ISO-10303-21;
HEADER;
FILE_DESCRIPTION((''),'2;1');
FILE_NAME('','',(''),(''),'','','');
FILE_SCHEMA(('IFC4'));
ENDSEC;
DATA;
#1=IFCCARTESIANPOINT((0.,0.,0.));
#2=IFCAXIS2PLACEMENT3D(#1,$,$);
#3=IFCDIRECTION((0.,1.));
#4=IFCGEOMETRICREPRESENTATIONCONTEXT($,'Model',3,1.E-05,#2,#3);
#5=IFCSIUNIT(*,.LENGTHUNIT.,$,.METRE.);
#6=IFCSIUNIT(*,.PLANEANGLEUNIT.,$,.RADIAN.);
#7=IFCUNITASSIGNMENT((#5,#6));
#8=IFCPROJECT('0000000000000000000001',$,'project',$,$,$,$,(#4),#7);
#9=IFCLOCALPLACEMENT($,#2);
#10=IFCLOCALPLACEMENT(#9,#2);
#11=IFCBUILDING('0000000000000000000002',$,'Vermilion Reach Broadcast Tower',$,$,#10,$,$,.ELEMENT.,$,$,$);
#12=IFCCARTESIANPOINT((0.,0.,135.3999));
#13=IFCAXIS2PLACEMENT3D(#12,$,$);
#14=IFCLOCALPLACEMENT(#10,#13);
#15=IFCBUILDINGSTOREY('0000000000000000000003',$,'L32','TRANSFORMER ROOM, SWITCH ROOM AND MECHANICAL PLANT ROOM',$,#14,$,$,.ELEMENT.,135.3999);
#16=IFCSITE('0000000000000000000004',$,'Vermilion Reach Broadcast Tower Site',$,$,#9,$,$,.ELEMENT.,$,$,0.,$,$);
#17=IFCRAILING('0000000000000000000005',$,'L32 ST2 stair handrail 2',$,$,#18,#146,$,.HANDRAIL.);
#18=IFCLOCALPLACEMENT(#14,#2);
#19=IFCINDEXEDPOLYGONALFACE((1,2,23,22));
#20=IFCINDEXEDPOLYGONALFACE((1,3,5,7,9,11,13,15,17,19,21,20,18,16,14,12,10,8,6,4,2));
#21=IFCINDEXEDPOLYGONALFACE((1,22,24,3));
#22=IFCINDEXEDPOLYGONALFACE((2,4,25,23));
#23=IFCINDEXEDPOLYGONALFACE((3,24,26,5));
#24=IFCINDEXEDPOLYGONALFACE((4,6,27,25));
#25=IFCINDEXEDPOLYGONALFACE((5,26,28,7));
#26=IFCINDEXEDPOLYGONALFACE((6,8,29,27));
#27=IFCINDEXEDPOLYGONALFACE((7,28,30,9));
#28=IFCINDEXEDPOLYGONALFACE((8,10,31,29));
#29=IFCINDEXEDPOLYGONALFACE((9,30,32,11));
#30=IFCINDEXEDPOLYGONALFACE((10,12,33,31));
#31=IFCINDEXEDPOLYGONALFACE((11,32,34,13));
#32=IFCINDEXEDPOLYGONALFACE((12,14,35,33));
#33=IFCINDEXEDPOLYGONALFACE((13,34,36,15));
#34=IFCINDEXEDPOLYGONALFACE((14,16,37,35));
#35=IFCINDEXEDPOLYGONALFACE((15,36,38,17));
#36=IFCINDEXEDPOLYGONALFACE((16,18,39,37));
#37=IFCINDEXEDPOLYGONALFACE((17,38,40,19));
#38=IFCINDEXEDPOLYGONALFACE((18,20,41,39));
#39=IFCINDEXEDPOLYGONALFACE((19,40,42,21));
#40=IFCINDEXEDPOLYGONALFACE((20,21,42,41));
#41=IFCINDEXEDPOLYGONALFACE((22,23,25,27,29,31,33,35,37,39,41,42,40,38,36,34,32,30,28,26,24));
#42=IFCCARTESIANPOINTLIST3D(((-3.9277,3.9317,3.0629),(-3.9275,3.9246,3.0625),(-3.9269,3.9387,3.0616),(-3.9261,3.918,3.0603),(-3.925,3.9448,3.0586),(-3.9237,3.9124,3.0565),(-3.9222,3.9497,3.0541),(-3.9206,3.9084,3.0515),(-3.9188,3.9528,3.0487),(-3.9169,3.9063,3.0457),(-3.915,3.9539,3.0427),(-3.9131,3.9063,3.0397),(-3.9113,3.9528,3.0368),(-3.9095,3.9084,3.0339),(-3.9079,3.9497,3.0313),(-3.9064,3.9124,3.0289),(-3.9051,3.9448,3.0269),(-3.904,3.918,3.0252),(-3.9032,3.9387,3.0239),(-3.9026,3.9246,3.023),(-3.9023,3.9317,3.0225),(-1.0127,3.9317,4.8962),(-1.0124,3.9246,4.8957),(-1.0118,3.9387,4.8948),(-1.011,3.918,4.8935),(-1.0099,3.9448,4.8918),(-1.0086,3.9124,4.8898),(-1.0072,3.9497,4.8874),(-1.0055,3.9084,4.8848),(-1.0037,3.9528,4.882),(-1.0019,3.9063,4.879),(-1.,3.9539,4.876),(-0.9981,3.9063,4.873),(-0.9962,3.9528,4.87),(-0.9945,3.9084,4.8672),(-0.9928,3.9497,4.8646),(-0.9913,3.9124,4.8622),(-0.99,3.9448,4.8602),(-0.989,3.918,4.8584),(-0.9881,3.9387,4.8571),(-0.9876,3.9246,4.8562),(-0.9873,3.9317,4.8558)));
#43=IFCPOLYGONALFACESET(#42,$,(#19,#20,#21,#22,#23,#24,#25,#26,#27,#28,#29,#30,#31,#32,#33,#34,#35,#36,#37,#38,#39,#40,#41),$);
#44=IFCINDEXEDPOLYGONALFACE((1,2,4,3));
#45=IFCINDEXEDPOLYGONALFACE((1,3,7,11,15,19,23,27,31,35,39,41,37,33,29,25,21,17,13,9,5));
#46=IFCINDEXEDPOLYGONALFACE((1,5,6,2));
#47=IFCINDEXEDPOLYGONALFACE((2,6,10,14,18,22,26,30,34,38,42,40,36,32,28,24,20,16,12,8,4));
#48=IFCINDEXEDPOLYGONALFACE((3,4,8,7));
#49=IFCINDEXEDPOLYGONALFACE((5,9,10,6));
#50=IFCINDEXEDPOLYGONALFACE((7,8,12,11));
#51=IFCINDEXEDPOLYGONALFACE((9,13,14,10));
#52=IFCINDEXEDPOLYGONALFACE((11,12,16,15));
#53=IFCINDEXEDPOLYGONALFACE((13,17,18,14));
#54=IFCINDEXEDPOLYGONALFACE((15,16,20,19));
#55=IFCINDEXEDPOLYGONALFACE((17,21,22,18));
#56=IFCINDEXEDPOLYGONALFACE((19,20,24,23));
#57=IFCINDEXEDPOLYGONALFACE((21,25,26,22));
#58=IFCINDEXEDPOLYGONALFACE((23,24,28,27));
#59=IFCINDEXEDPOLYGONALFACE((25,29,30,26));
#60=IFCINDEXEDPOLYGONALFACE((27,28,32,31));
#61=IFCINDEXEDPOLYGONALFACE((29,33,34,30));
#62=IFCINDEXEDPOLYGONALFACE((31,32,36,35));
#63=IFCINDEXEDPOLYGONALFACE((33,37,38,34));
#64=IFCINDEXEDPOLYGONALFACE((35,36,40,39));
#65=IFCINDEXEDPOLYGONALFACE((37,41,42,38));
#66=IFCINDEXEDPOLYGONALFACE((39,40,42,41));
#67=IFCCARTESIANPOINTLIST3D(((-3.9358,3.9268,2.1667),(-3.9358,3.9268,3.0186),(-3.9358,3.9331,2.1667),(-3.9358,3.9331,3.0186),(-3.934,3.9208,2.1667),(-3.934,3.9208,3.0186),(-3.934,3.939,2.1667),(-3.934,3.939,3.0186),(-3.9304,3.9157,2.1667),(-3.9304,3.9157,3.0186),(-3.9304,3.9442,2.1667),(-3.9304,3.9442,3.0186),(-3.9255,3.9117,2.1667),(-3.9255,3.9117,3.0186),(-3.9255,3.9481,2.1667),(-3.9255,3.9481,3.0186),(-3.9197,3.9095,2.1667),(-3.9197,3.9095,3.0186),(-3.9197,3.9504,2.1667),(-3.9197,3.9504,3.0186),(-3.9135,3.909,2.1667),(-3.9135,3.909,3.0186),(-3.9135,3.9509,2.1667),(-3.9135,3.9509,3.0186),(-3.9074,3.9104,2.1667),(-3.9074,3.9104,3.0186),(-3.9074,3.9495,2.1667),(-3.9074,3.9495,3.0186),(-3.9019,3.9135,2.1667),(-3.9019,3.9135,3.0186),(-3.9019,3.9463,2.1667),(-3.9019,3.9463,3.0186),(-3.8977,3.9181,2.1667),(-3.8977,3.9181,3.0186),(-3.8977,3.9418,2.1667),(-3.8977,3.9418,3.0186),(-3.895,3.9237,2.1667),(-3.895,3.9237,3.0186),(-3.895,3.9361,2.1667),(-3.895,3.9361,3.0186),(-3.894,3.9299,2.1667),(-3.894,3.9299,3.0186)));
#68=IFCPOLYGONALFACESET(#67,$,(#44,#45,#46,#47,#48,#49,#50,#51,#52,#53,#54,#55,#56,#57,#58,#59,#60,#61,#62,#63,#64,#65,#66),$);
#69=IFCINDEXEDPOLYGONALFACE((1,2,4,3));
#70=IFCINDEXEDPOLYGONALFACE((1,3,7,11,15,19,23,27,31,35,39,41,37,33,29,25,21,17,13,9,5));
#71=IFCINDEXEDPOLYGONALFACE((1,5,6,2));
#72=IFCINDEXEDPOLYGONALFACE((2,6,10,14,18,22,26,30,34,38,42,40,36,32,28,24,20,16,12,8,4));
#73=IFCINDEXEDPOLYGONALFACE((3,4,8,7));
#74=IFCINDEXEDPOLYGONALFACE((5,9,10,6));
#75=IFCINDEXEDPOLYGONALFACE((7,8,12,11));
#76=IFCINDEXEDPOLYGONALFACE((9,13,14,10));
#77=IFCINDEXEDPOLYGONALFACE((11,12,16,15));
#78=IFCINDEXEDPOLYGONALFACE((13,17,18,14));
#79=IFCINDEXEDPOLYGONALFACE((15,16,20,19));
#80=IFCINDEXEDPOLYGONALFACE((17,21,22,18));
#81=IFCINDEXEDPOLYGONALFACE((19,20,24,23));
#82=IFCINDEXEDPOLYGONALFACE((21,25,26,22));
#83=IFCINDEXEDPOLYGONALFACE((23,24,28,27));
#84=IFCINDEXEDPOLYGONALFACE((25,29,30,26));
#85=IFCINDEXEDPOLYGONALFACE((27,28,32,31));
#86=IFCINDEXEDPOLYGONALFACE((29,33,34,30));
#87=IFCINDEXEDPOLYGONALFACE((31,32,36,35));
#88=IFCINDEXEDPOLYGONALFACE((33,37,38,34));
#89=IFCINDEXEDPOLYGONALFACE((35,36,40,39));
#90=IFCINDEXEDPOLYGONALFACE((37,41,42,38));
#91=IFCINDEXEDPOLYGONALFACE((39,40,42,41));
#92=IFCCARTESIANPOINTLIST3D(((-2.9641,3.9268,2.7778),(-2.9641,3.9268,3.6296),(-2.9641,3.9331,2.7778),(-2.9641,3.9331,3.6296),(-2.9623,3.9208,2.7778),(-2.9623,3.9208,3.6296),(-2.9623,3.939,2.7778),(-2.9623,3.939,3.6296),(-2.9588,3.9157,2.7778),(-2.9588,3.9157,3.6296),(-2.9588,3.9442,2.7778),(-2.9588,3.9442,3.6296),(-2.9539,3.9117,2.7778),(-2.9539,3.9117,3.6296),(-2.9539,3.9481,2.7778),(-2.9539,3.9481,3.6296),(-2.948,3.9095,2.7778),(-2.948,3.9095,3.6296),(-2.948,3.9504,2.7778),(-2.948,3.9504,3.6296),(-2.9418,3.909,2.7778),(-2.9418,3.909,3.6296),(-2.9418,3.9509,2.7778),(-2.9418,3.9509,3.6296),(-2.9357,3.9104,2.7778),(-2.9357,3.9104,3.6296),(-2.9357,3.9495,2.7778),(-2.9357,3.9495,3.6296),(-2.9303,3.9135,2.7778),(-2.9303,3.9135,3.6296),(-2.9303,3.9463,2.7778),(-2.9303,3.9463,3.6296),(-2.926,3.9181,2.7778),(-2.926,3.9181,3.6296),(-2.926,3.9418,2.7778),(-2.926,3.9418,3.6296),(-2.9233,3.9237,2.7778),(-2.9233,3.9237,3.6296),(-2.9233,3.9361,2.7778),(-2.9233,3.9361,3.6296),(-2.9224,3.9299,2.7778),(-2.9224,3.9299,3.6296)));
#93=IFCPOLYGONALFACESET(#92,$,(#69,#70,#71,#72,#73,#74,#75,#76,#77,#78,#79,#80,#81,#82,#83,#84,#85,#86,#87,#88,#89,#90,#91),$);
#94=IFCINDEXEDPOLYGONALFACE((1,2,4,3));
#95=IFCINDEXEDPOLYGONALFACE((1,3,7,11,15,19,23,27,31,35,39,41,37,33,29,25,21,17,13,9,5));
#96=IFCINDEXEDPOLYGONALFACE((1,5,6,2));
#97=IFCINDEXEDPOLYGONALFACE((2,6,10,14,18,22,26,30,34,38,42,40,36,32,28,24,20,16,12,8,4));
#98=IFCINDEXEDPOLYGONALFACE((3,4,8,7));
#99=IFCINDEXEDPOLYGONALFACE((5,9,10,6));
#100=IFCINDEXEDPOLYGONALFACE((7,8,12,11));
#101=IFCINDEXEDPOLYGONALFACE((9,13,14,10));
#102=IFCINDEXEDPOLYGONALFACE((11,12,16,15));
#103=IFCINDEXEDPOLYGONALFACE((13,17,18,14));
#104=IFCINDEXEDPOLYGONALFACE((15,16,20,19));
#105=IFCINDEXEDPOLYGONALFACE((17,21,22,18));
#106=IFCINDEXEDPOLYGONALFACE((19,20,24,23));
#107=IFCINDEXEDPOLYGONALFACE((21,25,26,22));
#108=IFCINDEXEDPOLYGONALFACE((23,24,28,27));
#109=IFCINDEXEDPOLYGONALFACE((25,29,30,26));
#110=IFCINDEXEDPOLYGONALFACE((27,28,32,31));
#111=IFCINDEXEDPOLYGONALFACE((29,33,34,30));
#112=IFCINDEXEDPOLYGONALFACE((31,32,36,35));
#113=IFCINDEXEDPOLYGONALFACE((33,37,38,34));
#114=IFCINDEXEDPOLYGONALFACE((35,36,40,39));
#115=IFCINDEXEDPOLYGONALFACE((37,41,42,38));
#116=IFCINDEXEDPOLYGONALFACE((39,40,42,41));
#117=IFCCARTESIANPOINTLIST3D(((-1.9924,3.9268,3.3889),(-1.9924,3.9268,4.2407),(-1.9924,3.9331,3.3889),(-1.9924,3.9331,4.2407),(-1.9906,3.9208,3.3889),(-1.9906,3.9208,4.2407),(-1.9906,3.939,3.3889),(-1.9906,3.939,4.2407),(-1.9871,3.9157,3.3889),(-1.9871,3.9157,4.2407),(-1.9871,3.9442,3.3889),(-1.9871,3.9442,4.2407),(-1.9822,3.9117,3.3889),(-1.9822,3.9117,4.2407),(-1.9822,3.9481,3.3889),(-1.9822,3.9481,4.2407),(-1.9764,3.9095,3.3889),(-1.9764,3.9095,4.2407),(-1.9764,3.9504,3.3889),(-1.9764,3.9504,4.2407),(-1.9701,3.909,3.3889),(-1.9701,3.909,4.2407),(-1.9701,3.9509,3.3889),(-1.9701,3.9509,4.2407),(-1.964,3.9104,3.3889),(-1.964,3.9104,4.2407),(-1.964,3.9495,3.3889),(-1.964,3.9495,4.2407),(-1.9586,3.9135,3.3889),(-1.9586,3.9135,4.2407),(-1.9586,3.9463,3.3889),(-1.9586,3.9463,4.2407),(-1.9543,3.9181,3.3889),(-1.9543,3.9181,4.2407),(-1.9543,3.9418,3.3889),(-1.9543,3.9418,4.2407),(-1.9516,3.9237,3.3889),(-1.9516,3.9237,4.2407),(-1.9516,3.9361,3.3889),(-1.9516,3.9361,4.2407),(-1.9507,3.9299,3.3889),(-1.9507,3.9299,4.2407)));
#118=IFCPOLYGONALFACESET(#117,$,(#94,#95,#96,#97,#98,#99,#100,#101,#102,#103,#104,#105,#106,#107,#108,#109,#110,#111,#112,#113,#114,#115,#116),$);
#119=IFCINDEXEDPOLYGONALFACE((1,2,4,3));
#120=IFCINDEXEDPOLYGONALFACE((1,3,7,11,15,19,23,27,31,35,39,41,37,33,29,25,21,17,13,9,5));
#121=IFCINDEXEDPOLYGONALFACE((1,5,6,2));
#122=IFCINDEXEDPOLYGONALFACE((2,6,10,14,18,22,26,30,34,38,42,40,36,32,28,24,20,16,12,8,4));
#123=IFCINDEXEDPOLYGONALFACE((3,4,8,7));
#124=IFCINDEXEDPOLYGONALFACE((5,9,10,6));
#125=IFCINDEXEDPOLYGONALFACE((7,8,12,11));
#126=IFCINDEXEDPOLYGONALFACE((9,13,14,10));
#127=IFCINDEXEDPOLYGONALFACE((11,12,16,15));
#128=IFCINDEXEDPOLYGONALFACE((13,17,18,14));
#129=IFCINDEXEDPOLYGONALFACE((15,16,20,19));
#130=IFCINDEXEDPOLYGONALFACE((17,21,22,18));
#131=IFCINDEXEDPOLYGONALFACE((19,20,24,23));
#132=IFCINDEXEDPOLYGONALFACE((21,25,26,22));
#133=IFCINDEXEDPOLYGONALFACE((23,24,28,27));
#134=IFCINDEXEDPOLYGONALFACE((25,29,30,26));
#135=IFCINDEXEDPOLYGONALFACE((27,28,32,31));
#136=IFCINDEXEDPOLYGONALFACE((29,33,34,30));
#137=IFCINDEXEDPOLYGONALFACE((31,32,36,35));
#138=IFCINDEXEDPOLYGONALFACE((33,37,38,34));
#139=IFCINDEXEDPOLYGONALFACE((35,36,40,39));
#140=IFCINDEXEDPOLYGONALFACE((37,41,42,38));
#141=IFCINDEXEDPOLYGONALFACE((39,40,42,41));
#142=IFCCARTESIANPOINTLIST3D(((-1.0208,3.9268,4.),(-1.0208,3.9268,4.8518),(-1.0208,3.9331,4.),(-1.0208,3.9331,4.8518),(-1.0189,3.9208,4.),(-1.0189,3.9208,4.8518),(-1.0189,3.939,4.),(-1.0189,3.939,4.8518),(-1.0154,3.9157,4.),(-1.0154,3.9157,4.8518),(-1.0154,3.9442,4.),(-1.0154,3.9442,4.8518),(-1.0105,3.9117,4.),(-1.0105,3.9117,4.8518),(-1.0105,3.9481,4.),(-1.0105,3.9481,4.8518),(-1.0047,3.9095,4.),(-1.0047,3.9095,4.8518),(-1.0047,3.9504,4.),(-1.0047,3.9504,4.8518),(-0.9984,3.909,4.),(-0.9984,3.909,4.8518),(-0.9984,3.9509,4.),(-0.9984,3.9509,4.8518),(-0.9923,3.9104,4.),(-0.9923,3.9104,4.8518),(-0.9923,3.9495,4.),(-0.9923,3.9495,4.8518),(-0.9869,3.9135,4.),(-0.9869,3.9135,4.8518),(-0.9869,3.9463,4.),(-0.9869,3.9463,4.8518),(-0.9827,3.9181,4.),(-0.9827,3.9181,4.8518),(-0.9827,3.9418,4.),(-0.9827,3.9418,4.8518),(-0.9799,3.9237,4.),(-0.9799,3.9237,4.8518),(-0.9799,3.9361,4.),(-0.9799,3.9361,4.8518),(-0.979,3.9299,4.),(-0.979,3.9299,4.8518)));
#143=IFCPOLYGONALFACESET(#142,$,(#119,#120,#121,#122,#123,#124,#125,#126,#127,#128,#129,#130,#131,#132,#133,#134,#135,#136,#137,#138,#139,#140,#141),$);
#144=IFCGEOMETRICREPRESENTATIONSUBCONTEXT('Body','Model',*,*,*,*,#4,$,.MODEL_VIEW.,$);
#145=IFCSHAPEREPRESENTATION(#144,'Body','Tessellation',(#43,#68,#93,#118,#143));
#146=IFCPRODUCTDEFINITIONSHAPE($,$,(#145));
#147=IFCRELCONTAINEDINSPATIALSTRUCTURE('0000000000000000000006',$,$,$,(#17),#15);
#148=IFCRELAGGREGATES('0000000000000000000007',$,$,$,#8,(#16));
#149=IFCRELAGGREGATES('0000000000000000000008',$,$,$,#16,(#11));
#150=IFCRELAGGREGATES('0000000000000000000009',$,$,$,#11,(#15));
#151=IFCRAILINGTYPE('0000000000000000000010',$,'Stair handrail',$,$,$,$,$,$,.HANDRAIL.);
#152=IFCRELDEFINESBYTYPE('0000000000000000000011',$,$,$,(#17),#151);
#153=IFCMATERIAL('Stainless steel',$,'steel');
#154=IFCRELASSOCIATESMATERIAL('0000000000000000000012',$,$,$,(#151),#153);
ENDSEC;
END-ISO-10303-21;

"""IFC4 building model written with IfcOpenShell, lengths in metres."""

from ifc_helpers import new_model, si_unit, direction, frame, origin, origin_2d, place, context, subcontext, project, spatial, circle, extrude, material, type_object, element, save


model = new_model("IFC4")

# Units and contexts
model_context = context("Model", 3, precision=1e-05, world=origin(), true_north=direction((0.0, 1.0)))
body_context = subcontext(model_context, "Body", "Model", "MODEL_VIEW")
ifc_project = project(units=[si_unit("LENGTHUNIT", "METRE"), si_unit("PLANEANGLEUNIT", "RADIAN")], contexts=[model_context])

# Site, building, storey
site_placement = place(None, origin())
site = spatial("IfcSite", under=ifc_project, at=site_placement, Name="Vermilion Reach Broadcast Tower Site", CompositionType="ELEMENT", RefElevation=0.0)
building_placement = place(site_placement, origin())
building = spatial("IfcBuilding", under=site, at=building_placement, Name="Vermilion Reach Broadcast Tower", CompositionType="ELEMENT")
storey_placement = place(building_placement, frame((0.0, 0.0, 135.3999)))
storey = spatial("IfcBuildingStorey", under=building, at=storey_placement, Name="L32", Description="TRANSFORMER ROOM, SWITCH ROOM AND MECHANICAL PLANT ROOM", CompositionType="ELEMENT", Elevation=135.3999)

# Railing
ifc_material_1 = material(Name="Stainless steel", Category="steel")
railing_type_1 = type_object("IfcRailingType", Name="Stair handrail", PredefinedType="HANDRAIL", material=ifc_material_1)
railing_1_placement = place(storey_placement, frame((-3.915, 3.9299, 2.1667)))
element("IfcRailing", 1, at=railing_1_placement, inside=storey, type_object=railing_type_1, Name="L32 ST2 stair handrail 2", PredefinedType="HANDRAIL", context=body_context, shape_type="SweptSolid", body=[
    extrude(circle(Radius=0.0239, at=origin_2d()), frame((0.0, 0.0, 0.876), z_axis=(0.846513, 0.0, 0.532368), x_axis=(0.0, 1.0, 0.0)), (0.0, 0.0, 1.0), 3.4436),
    extrude(circle(Radius=0.021, at=origin_2d()), origin(), (0.0, 0.0, 1.0), 0.8518),
    extrude(circle(Radius=0.021, at=origin_2d()), frame((0.9717, 0.0, 0.6111)), (0.0, 0.0, 1.0), 0.8518),
    extrude(circle(Radius=0.021, at=origin_2d()), frame((1.9434, 0.0, 1.2222)), (0.0, 0.0, 1.0), 0.8518),
    extrude(circle(Radius=0.021, at=origin_2d()), frame((2.915, 0.0, 1.8333)), (0.0, 0.0, 1.0), 0.8518),
])

save(model, "model.ifc")
